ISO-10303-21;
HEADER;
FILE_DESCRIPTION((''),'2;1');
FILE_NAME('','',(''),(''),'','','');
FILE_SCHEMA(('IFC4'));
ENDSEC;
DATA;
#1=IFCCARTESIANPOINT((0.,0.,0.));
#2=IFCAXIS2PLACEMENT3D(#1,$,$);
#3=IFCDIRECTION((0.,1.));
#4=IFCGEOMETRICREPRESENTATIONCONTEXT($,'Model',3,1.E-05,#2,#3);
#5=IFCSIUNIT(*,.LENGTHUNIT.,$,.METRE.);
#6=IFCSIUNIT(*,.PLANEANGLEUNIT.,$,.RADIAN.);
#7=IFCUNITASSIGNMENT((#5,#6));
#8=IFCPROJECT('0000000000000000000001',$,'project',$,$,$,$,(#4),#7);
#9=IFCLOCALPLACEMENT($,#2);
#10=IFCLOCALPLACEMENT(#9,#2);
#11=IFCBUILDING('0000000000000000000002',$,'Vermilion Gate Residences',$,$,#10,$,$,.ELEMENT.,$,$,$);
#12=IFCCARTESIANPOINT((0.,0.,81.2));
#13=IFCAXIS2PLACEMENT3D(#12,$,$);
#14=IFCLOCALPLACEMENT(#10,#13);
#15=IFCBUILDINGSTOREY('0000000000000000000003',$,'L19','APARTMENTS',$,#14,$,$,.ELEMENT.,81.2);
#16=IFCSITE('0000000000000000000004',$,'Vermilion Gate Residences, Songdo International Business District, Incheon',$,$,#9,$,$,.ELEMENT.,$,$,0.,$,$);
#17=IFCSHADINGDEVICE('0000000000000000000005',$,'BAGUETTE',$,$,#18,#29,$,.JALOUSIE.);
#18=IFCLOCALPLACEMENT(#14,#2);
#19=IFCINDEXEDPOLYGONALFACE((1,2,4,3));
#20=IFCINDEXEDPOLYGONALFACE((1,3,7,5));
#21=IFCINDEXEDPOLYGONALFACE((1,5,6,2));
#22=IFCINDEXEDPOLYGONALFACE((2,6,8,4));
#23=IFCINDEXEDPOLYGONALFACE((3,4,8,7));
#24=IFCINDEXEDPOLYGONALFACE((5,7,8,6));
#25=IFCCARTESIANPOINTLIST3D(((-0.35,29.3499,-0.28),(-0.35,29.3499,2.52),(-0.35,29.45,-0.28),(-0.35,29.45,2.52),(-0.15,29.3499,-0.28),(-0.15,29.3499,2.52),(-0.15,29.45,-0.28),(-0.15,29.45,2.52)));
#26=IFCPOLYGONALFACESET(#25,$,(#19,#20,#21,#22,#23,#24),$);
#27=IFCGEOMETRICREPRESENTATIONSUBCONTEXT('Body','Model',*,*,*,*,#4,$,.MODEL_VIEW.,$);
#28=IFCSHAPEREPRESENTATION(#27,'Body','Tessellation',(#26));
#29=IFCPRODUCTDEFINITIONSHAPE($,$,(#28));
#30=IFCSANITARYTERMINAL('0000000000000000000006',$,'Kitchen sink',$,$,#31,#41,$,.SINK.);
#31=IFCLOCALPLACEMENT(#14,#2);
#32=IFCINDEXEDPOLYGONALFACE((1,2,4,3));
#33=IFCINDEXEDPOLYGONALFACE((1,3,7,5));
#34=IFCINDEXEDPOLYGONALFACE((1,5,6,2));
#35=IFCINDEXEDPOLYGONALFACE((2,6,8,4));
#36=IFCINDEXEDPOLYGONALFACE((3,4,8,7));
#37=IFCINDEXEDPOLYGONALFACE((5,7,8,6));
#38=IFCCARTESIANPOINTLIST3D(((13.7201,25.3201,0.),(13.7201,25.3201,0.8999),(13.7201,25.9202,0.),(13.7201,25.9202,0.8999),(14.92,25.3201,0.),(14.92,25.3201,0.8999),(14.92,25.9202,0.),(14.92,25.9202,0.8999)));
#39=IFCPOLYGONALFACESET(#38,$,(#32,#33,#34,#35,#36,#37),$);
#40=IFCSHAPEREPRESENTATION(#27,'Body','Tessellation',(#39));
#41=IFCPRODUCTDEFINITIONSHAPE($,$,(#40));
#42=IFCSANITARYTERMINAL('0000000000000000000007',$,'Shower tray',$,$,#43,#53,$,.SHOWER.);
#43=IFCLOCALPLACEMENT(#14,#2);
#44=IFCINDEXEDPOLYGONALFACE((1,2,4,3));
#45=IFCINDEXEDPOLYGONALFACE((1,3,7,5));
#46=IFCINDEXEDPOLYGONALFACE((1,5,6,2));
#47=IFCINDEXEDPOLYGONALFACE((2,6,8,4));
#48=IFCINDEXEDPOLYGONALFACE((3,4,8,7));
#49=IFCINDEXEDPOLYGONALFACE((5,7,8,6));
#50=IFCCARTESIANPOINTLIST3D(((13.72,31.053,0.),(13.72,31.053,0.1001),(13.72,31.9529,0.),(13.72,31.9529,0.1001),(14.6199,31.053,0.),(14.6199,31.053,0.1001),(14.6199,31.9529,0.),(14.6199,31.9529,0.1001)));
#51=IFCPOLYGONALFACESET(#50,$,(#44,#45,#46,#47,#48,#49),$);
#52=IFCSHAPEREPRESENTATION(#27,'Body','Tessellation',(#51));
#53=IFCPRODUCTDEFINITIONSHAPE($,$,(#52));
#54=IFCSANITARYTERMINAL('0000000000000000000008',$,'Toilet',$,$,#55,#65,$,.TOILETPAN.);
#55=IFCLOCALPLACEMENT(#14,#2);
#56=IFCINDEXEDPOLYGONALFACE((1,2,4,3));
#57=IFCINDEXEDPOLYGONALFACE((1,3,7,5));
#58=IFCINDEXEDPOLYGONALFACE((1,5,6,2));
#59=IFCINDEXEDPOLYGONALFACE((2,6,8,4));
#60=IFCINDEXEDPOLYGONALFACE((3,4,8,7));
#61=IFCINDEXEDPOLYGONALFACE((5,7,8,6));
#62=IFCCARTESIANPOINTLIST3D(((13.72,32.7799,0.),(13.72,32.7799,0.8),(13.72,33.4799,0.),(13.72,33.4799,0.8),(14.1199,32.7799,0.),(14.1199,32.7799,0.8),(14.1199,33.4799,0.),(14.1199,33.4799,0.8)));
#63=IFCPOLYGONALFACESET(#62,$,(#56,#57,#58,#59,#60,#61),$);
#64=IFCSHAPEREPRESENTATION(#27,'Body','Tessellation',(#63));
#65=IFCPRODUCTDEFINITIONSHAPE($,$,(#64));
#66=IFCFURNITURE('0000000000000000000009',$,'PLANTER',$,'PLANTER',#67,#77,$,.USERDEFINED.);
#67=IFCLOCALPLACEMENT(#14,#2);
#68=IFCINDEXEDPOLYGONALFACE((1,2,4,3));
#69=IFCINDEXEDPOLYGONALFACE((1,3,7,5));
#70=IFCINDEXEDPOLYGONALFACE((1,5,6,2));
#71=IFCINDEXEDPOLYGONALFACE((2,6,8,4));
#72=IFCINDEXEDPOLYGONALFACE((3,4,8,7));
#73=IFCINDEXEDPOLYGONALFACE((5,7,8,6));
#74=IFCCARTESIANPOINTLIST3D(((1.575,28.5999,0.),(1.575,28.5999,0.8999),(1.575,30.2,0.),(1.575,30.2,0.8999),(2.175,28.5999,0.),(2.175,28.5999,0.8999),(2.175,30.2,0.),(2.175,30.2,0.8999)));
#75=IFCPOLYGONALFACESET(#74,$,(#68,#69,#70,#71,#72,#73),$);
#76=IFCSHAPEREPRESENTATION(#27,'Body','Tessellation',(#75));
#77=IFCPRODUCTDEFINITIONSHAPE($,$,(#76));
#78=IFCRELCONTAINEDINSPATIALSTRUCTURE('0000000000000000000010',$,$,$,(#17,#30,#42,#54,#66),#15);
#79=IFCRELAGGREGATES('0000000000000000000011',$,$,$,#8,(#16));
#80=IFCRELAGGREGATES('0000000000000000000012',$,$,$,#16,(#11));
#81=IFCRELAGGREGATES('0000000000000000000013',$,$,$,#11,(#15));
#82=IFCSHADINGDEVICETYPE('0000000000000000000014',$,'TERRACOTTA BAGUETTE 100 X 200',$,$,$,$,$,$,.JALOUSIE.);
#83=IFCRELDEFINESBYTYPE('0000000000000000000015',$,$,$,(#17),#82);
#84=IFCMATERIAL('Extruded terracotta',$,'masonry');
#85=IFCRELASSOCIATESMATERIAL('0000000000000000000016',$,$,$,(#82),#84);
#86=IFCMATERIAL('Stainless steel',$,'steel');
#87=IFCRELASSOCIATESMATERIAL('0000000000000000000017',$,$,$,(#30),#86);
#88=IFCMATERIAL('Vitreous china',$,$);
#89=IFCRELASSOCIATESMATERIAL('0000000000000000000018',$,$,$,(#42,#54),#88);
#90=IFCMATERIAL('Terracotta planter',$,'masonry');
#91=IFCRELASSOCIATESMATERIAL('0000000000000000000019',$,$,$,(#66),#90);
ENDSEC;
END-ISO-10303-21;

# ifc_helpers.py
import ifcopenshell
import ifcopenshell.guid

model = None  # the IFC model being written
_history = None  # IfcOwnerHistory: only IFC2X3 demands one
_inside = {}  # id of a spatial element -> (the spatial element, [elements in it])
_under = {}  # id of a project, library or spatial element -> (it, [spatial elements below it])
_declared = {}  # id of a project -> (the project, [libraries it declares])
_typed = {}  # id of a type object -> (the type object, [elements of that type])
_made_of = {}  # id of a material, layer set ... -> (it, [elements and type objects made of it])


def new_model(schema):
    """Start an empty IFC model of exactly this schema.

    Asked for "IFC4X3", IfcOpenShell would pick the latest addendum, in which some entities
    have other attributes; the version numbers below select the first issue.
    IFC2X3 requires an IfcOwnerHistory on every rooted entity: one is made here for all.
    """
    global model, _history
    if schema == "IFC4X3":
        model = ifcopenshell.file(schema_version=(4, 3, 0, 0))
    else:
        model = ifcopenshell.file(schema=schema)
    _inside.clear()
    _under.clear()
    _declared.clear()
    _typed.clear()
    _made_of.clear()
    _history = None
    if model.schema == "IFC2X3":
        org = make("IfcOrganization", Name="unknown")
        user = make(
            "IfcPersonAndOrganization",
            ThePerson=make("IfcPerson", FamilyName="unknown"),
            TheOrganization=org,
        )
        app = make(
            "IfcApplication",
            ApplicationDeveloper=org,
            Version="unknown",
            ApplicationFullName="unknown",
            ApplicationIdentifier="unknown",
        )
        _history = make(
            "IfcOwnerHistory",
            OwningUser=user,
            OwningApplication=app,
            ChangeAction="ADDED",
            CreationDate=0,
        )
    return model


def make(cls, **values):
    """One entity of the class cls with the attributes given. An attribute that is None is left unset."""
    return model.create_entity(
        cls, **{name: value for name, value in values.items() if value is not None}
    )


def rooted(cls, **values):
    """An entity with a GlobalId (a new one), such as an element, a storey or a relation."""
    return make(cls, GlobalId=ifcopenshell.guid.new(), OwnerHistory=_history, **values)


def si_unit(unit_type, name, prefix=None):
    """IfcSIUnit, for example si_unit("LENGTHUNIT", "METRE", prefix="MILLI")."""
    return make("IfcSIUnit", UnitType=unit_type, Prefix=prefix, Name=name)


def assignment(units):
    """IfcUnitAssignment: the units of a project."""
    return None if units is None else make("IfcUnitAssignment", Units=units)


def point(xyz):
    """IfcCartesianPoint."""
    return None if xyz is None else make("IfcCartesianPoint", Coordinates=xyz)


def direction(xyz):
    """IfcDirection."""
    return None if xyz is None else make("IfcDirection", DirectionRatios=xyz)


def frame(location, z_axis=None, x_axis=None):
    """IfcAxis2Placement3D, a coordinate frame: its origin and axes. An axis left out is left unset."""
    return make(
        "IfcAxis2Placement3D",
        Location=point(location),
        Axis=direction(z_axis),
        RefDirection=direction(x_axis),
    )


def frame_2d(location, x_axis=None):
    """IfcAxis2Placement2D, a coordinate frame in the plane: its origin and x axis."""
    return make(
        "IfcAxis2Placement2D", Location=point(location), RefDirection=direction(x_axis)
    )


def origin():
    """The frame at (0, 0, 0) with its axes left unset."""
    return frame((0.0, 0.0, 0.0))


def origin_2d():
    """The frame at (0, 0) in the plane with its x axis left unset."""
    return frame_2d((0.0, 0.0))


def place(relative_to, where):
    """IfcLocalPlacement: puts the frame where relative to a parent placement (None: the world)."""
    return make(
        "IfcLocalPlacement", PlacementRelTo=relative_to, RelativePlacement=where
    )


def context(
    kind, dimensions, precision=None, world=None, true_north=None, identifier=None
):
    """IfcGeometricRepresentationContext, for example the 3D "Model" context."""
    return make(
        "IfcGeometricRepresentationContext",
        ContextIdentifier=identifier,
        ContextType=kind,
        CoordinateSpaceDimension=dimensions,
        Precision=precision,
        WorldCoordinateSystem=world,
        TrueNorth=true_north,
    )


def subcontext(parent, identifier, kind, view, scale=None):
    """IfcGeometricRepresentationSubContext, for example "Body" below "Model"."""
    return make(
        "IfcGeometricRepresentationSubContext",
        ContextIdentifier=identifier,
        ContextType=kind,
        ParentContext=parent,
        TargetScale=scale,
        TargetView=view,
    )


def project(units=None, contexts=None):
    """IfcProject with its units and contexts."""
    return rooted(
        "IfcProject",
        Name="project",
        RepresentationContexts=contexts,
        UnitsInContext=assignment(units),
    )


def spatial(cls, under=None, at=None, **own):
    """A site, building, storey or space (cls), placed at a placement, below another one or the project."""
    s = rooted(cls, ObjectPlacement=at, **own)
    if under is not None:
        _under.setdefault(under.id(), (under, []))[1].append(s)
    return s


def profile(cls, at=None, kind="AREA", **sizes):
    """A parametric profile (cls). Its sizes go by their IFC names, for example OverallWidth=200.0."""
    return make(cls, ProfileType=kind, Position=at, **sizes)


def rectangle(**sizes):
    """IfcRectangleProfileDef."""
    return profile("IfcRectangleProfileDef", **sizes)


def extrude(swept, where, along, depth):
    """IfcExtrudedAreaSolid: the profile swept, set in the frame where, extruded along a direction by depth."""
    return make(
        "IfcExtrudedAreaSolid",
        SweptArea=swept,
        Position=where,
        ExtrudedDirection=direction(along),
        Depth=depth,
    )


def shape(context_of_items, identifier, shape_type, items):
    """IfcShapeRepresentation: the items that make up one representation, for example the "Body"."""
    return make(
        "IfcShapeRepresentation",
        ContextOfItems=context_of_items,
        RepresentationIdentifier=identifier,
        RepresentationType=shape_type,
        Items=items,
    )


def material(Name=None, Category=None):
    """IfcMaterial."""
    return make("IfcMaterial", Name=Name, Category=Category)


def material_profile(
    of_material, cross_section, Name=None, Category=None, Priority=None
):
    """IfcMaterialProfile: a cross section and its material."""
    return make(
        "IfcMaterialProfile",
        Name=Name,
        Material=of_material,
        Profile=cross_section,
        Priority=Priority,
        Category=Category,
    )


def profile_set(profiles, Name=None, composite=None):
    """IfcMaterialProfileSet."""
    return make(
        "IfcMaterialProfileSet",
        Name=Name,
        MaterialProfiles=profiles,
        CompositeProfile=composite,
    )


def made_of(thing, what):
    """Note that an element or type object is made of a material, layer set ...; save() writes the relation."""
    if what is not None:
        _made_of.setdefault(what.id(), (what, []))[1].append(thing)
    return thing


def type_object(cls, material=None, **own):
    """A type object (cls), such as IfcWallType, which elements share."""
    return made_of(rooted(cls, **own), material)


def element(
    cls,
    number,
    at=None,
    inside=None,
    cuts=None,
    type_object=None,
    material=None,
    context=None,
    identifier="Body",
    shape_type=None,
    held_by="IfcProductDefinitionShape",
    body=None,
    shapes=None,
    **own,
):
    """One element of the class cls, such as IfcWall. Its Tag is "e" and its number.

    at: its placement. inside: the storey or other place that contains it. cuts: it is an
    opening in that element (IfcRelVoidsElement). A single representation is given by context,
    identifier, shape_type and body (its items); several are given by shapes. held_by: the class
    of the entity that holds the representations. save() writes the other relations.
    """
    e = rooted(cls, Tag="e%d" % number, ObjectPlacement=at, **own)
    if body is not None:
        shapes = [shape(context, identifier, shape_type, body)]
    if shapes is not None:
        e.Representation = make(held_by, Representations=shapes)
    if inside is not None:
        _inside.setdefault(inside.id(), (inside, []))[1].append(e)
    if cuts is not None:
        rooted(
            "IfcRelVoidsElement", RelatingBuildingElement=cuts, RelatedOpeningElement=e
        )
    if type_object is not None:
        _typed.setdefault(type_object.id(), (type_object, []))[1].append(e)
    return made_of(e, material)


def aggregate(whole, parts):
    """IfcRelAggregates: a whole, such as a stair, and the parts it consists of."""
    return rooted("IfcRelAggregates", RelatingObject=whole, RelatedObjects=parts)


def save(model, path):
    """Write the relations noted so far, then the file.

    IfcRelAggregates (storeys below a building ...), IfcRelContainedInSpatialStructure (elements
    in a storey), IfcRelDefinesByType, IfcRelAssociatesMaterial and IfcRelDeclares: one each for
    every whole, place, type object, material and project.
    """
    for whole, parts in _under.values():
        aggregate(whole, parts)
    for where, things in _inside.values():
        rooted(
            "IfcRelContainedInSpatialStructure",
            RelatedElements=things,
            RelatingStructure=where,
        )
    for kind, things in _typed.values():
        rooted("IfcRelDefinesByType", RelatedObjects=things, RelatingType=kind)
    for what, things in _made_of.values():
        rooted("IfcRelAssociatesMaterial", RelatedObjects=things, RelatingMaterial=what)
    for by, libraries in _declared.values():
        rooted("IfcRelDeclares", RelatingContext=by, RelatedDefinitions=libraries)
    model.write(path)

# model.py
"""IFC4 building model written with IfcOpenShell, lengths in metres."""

from ifc_helpers import new_model, si_unit, direction, frame, origin, origin_2d, place, context, subcontext, project, spatial, rectangle, extrude, material, material_profile, profile_set, type_object, element, save


model = new_model("IFC4")

# Units and contexts
model_context = context("Model", 3, precision=1e-05, world=origin(), true_north=direction((0.0, 1.0)))
body_context = subcontext(model_context, "Body", "Model", "MODEL_VIEW")
ifc_project = project(units=[si_unit("LENGTHUNIT", "METRE"), si_unit("PLANEANGLEUNIT", "RADIAN")], contexts=[model_context])

# Site, building, storey
site_placement = place(None, origin())
site = spatial("IfcSite", under=ifc_project, at=site_placement, Name="Vermilion Gate Residences, Songdo International Business District, Incheon", CompositionType="ELEMENT", RefElevation=0.0)
building_placement = place(site_placement, origin())
building = spatial("IfcBuilding", under=site, at=building_placement, Name="Vermilion Gate Residences", CompositionType="ELEMENT")
storey_placement = place(building_placement, frame((0.0, 0.0, 81.2)))
storey = spatial("IfcBuildingStorey", under=building, at=storey_placement, Name="L19", Description="APARTMENTS", CompositionType="ELEMENT", Elevation=81.2)

# Shading device
ifc_material_1 = material(Name="Extruded terracotta", Category="masonry")
ifc_material_profile_1 = material_profile(ifc_material_1, rectangle(XDim=0.2, YDim=0.1001, at=origin_2d()), Name="BAGUETTE 100 X 200")
ifc_profile_set_1 = profile_set([ifc_material_profile_1], Name="Extruded terracotta")
shading_device_type_1 = type_object("IfcShadingDeviceType", Name="TERRACOTTA BAGUETTE 100 X 200", PredefinedType="JALOUSIE", material=ifc_profile_set_1)
shading_device_1_placement = place(storey_placement, frame((-0.25, 29.3999, -0.28), z_axis=(0.0, 0.0, 1.0), x_axis=(1.0, 0.0, 0.0)))
element("IfcShadingDevice", 1, at=shading_device_1_placement, inside=storey, type_object=shading_device_type_1, Name="BAGUETTE", PredefinedType="JALOUSIE", context=body_context, shape_type="SweptSolid", body=[
    extrude(rectangle(XDim=0.2, YDim=0.1001, at=origin_2d()), origin(), (0.0, 0.0, 1.0), 2.8),
])

# Sanitary terminals
ifc_material_2 = material(Name="Stainless steel", Category="steel")
sanitary_terminal_1_placement = place(storey_placement, frame((14.3201, 25.6201, 0.0), z_axis=(0.0, 0.0, 1.0), x_axis=(1.0, 0.0, 0.0)))
element("IfcSanitaryTerminal", 2, at=sanitary_terminal_1_placement, inside=storey, material=ifc_material_2, Name="Kitchen sink", PredefinedType="SINK", context=body_context, shape_type="SweptSolid", body=[
    extrude(rectangle(XDim=1.2, YDim=0.6001, at=origin_2d()), origin(), (0.0, 0.0, 1.0), 0.8999),
])
ifc_material_3 = material(Name="Vitreous china")
sanitary_terminal_2_placement = place(storey_placement, frame((14.1699, 31.5029, 0.0), z_axis=(0.0, 0.0, 1.0), x_axis=(1.0, 0.0, 0.0)))
element("IfcSanitaryTerminal", 3, at=sanitary_terminal_2_placement, inside=storey, material=ifc_material_3, Name="Shower tray", PredefinedType="SHOWER", context=body_context, shape_type="SweptSolid", body=[
    extrude(rectangle(XDim=0.8999, YDim=0.8999, at=origin_2d()), origin(), (0.0, 0.0, 1.0), 0.1001),
])
sanitary_terminal_3_placement = place(storey_placement, frame((13.9199, 33.1299, 0.0), z_axis=(0.0, 0.0, 1.0), x_axis=(1.0, 0.0, 0.0)))
element("IfcSanitaryTerminal", 4, at=sanitary_terminal_3_placement, inside=storey, material=ifc_material_3, Name="Toilet", PredefinedType="TOILETPAN", context=body_context, shape_type="SweptSolid", body=[
    extrude(rectangle(XDim=0.3999, YDim=0.7, at=origin_2d()), origin(), (0.0, 0.0, 1.0), 0.8),
])

# Furniture
ifc_material_4 = material(Name="Terracotta planter", Category="masonry")
furniture_placement = place(storey_placement, frame((1.875, 29.3999, 0.0), z_axis=(0.0, 0.0, 1.0), x_axis=(0.0, -1.0, 0.0)))
element("IfcFurniture", 5, at=furniture_placement, inside=storey, material=ifc_material_4, Name="PLANTER", ObjectType="PLANTER", PredefinedType="USERDEFINED", context=body_context, shape_type="SweptSolid", body=[
    extrude(rectangle(XDim=1.6001, YDim=0.6001, at=origin_2d()), origin(), (0.0, 0.0, 1.0), 0.8999),
])

save(model, "model.ifc")
